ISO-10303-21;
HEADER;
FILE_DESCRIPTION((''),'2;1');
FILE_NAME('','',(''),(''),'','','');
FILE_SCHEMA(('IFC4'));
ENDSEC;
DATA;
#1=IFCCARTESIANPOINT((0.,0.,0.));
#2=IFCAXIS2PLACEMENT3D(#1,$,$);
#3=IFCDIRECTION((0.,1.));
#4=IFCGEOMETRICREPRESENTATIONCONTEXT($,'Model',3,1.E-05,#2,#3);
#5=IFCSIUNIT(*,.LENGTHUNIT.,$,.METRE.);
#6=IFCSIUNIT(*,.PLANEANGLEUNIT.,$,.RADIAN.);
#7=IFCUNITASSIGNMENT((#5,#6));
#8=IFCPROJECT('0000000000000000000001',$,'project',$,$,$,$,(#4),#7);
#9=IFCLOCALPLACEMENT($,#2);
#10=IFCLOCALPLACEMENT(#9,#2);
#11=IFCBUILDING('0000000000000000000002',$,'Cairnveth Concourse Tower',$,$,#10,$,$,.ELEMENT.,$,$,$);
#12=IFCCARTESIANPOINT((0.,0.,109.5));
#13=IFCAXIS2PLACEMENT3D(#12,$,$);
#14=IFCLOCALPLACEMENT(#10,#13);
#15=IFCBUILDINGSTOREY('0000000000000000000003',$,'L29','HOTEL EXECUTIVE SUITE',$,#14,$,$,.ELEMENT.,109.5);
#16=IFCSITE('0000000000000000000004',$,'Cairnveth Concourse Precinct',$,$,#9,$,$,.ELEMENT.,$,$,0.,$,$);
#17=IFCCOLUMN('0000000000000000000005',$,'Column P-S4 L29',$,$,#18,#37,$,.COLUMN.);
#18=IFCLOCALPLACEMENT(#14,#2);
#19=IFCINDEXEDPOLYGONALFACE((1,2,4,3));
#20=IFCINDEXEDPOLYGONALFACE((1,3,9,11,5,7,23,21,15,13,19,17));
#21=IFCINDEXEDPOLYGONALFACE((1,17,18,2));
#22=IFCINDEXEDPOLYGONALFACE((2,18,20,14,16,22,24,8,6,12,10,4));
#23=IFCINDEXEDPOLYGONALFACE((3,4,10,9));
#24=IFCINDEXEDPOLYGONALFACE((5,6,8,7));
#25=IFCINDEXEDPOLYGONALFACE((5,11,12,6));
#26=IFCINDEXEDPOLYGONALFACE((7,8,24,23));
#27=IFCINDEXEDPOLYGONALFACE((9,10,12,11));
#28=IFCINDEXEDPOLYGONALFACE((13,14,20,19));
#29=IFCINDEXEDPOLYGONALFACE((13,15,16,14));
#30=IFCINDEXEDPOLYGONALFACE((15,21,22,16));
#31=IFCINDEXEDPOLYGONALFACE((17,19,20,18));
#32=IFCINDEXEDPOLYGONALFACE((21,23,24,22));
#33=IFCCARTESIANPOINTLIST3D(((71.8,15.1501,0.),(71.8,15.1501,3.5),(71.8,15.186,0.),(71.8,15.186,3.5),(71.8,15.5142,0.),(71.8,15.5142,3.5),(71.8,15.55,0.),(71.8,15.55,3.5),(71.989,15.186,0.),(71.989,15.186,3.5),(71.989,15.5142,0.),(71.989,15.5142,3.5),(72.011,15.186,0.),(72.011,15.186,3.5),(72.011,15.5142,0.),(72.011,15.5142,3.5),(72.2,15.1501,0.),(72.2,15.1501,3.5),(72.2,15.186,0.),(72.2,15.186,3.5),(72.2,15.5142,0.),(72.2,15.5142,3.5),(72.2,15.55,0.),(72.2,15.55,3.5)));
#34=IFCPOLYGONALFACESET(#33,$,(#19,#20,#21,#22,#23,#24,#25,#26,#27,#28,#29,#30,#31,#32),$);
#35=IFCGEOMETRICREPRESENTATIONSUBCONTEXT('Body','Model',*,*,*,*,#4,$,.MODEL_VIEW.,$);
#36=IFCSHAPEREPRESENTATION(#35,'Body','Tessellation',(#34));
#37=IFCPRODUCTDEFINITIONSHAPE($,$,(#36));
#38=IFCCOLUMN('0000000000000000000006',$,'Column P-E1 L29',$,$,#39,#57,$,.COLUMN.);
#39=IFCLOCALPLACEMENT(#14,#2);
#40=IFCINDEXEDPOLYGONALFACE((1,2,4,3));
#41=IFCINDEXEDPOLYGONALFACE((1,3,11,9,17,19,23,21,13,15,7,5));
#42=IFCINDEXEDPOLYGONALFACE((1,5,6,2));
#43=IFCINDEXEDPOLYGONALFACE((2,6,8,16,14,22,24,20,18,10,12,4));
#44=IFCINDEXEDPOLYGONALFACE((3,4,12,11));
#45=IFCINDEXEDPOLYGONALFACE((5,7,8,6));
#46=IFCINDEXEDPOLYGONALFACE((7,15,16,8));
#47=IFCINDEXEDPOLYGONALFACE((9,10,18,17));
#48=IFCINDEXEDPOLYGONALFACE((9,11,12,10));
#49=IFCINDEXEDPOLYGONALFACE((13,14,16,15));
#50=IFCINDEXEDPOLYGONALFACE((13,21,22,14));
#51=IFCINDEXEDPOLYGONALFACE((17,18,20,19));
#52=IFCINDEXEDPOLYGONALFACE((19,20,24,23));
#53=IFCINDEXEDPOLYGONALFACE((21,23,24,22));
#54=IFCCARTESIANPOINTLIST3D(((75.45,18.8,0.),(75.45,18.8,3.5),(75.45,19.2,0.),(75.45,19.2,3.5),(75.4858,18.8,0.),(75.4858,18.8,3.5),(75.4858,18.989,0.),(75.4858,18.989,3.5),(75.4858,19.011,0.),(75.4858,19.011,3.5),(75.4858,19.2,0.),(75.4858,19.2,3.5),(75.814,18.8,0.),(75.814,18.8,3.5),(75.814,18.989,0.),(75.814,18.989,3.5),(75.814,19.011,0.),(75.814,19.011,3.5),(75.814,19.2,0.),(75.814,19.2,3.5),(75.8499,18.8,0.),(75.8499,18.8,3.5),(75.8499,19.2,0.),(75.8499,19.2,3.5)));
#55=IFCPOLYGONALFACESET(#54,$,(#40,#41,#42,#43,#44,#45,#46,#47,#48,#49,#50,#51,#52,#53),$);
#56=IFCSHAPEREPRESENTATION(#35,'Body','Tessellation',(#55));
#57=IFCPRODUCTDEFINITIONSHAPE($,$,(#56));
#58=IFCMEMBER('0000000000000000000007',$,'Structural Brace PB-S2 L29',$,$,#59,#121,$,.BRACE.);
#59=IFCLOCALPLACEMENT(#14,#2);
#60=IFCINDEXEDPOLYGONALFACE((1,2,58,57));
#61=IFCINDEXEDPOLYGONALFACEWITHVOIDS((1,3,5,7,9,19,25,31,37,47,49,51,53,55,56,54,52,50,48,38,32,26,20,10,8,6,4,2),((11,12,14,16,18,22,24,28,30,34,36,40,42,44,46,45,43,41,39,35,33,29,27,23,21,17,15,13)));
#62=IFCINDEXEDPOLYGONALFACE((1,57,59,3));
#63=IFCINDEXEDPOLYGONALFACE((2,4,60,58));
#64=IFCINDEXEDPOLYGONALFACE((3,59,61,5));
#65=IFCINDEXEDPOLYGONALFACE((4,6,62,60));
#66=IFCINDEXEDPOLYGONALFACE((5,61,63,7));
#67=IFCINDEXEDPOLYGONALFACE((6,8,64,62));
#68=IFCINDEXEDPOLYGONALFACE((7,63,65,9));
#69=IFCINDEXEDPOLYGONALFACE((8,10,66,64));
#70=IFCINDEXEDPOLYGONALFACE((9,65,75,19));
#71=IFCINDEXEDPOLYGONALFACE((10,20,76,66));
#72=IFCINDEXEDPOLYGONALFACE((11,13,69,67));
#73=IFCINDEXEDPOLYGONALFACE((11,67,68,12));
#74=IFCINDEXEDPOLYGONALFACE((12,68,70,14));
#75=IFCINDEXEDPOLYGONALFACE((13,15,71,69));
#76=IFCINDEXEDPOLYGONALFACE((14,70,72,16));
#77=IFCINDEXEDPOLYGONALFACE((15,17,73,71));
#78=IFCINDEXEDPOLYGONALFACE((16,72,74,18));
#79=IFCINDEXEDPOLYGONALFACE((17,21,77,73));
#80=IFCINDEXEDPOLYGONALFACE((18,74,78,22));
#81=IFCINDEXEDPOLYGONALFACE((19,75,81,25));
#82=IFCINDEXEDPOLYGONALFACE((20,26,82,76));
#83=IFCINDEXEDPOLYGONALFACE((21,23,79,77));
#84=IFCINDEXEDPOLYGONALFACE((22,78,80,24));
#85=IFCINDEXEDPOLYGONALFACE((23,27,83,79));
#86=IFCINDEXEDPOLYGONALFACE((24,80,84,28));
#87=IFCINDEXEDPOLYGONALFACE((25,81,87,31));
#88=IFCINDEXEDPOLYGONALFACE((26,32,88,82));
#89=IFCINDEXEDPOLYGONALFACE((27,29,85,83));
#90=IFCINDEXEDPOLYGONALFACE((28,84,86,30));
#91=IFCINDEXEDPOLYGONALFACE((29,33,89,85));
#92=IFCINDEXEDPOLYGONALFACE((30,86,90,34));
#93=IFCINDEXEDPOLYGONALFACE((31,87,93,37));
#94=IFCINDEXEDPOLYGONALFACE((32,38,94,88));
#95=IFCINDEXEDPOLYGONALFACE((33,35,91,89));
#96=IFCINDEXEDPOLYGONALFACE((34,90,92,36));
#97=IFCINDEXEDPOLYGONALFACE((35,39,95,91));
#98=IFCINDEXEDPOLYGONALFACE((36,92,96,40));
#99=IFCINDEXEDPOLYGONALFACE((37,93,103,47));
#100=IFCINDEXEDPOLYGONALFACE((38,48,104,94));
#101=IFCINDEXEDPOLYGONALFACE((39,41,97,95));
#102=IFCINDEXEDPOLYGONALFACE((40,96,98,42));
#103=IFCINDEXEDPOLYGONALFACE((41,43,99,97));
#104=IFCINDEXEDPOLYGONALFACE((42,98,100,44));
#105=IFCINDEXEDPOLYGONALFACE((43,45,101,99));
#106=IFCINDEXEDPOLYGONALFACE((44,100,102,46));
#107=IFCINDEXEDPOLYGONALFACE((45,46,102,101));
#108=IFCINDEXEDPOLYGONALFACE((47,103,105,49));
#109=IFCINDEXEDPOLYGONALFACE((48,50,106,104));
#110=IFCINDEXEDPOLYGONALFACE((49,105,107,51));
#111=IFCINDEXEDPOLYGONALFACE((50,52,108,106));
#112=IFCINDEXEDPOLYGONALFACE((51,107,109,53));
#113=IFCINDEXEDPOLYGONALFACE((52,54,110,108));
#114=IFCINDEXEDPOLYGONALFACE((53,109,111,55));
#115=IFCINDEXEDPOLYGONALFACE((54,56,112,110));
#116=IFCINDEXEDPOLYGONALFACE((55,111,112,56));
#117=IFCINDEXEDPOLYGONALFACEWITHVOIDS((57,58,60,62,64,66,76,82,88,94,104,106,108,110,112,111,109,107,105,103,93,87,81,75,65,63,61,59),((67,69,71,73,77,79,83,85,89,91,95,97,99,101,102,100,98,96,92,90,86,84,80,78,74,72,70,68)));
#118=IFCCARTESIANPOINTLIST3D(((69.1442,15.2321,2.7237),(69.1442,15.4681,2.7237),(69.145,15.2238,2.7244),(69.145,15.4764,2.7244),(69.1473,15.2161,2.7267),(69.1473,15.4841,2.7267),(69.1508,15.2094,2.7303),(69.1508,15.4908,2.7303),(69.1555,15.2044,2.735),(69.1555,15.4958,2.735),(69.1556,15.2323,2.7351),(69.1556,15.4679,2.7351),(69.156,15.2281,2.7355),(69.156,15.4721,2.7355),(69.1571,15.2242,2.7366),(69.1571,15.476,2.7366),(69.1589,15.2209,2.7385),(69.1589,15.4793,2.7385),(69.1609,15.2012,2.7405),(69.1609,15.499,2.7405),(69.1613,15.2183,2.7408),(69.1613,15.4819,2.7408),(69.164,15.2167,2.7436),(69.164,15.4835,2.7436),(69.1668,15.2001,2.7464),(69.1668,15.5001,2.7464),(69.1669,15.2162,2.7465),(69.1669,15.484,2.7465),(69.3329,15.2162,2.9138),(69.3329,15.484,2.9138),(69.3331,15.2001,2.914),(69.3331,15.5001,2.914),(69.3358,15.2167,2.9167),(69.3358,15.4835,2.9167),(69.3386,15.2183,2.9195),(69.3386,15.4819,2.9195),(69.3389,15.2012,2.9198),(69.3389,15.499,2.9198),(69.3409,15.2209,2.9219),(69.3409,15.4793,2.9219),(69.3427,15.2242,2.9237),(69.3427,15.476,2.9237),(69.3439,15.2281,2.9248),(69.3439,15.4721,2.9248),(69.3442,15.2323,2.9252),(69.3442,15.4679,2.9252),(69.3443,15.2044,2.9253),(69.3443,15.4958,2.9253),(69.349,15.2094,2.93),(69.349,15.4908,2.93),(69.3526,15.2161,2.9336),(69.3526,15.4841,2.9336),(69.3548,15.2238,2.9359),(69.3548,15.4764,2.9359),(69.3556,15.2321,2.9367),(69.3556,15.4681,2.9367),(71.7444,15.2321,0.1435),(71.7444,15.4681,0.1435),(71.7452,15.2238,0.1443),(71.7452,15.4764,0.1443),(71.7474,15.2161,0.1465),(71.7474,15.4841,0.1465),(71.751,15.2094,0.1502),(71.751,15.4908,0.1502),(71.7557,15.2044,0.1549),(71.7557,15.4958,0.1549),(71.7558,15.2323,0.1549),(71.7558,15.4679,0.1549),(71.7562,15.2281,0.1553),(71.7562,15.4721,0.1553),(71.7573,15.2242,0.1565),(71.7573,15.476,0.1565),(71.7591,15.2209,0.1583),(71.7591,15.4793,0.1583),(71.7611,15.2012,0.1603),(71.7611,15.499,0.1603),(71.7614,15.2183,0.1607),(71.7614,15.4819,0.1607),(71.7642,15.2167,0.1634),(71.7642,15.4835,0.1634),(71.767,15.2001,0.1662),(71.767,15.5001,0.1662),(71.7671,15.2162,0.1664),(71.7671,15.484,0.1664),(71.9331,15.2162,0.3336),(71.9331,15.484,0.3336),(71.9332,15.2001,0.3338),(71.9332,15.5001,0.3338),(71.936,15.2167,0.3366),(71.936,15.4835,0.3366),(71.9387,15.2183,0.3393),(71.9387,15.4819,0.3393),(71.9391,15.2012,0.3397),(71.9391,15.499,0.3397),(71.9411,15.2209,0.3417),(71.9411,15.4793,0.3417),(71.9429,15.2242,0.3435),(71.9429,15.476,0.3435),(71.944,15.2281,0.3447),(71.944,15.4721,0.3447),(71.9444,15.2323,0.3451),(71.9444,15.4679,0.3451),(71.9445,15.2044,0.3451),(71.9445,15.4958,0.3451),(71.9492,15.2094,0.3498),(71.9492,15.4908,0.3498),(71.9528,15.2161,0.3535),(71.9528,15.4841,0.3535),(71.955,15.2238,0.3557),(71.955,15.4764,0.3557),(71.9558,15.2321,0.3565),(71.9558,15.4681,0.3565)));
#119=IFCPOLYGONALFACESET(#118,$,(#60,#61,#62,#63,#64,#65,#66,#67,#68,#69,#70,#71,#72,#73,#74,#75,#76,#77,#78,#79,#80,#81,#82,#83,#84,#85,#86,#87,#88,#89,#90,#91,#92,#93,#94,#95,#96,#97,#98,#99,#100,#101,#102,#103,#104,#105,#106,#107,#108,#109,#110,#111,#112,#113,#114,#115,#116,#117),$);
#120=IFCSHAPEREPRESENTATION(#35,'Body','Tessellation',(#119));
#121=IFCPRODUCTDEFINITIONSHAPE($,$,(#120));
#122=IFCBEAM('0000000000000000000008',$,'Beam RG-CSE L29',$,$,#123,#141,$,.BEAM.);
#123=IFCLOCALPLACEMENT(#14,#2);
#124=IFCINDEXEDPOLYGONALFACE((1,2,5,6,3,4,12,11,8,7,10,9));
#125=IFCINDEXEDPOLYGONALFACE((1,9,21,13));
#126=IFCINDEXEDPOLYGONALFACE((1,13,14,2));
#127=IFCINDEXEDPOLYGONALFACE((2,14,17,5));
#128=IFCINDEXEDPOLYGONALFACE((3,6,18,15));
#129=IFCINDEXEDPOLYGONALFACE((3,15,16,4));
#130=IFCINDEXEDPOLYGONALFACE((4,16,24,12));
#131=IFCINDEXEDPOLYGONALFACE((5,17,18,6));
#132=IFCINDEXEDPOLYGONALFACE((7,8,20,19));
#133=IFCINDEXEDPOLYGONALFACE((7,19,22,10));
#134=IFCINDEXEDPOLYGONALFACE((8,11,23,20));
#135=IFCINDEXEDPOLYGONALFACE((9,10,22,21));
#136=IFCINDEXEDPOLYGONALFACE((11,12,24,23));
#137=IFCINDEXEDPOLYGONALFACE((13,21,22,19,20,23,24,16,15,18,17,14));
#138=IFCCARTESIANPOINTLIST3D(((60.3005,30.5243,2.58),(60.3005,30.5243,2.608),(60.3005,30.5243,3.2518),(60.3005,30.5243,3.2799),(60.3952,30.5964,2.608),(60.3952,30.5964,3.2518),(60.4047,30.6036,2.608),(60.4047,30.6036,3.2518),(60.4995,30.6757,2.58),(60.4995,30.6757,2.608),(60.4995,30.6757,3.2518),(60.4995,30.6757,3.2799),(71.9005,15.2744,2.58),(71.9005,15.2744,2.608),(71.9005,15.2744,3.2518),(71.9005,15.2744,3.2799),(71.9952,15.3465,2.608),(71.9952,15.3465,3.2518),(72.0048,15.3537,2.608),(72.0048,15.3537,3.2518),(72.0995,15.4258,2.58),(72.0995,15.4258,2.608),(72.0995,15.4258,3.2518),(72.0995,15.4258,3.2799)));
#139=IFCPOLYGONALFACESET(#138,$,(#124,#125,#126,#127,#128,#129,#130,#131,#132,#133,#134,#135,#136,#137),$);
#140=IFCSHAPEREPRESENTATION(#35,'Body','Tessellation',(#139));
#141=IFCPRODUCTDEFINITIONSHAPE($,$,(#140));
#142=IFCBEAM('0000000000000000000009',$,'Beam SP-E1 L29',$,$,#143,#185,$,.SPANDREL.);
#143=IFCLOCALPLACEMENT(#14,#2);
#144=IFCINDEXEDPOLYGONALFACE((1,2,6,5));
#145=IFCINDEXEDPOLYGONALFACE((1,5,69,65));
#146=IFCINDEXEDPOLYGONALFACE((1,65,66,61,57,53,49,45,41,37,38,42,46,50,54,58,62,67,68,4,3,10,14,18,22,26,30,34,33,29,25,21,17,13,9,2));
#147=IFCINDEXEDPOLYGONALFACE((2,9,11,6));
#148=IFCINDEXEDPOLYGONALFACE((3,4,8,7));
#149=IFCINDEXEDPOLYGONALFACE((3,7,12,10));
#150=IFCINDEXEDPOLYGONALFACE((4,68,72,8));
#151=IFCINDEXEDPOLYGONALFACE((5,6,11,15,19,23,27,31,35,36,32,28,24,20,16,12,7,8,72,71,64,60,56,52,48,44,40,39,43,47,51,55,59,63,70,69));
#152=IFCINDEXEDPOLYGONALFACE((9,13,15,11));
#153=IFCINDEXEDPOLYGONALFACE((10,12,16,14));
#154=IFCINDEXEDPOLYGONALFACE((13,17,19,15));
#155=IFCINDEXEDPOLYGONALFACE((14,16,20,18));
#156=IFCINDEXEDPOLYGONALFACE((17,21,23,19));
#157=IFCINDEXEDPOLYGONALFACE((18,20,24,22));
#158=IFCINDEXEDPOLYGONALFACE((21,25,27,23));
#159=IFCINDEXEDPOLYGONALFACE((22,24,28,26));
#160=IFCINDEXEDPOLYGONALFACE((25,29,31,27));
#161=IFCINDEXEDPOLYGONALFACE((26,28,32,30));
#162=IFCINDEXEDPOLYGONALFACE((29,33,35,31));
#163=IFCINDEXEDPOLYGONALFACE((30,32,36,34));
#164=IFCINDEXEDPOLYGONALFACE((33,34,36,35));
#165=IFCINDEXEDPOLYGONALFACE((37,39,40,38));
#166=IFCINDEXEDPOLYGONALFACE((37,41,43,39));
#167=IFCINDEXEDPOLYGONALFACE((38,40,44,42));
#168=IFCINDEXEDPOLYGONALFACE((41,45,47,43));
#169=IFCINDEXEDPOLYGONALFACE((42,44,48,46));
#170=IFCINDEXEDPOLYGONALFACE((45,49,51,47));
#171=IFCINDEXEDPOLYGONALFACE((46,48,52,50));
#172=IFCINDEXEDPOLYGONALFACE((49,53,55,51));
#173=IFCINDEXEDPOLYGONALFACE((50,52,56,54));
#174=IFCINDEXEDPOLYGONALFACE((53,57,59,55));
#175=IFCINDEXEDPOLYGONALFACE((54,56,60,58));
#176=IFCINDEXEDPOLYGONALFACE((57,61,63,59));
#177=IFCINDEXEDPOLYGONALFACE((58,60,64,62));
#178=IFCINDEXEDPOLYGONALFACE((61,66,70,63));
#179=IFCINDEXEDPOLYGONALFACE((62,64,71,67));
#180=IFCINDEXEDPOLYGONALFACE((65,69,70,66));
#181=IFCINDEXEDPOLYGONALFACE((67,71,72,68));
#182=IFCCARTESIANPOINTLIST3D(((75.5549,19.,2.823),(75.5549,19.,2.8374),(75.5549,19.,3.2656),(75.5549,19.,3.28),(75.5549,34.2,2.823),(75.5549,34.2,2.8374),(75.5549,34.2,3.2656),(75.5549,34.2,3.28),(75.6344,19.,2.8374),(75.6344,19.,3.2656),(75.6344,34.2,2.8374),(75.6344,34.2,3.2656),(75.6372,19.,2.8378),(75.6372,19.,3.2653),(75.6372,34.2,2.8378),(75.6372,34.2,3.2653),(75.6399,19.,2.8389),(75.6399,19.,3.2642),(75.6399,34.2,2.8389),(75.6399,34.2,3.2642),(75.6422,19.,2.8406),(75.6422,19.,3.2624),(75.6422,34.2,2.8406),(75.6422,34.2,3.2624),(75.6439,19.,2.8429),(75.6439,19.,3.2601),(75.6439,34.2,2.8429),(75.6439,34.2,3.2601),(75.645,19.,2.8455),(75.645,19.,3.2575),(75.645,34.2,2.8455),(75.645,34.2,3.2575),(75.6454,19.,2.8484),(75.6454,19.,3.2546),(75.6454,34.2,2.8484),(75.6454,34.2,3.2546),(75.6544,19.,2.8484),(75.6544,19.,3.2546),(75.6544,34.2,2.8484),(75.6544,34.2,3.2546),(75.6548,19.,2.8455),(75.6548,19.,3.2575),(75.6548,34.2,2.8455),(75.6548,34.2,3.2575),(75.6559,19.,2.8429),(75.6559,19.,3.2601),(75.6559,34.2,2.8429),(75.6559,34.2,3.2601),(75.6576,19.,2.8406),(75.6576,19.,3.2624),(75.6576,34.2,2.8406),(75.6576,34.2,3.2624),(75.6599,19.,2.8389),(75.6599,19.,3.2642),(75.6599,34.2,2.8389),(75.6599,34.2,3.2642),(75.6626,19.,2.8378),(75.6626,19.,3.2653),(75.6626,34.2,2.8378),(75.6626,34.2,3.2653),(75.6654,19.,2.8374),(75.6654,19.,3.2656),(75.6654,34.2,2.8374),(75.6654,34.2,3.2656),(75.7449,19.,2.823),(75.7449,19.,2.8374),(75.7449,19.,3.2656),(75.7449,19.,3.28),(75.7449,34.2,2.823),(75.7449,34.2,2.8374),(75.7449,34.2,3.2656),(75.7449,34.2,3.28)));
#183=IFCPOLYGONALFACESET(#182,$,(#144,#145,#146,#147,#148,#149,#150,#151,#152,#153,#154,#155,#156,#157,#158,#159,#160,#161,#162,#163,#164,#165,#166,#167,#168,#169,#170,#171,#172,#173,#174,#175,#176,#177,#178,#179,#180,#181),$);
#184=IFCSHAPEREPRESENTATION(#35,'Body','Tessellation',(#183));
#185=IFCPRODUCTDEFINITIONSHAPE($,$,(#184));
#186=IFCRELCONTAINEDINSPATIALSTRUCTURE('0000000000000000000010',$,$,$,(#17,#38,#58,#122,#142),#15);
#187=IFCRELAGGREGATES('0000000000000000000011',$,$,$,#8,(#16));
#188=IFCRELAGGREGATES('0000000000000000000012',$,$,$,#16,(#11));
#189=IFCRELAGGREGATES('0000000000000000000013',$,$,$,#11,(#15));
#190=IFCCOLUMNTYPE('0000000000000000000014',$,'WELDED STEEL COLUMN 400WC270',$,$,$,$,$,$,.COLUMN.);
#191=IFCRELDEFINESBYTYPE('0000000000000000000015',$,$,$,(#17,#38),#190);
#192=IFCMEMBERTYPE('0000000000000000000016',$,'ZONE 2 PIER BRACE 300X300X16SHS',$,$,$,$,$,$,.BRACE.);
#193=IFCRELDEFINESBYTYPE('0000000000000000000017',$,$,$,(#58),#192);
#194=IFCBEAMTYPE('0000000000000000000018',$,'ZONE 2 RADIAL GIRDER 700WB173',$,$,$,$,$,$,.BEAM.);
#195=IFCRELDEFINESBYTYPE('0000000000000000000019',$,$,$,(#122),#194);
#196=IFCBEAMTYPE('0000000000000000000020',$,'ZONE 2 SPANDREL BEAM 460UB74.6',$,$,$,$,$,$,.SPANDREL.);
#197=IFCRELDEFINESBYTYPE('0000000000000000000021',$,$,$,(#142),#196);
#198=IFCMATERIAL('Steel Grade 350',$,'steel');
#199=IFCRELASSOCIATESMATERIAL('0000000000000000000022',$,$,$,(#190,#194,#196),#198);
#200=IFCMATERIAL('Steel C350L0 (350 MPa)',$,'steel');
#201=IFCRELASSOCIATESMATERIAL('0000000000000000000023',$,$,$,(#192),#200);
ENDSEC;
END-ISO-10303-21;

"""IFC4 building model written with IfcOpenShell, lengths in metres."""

from ifc_helpers import new_model, si_unit, direction, frame, origin, origin_2d, place, context, subcontext, project, spatial, hollow_rectangle, i_section, extrude, material, material_profile, profile_set, type_object, element, save


model = new_model("IFC4")

# Units and contexts
model_context = context("Model", 3, precision=1e-05, world=origin(), true_north=direction((0.0, 1.0)))
body_context = subcontext(model_context, "Body", "Model", "MODEL_VIEW")
ifc_project = project(units=[si_unit("LENGTHUNIT", "METRE"), si_unit("PLANEANGLEUNIT", "RADIAN")], contexts=[model_context])

# Site, building, storey
site_placement = place(None, origin())
site = spatial("IfcSite", under=ifc_project, at=site_placement, Name="Cairnveth Concourse Precinct", CompositionType="ELEMENT", RefElevation=0.0)
building_placement = place(site_placement, origin())
building = spatial("IfcBuilding", under=site, at=building_placement, Name="Cairnveth Concourse Tower", CompositionType="ELEMENT")
storey_placement = place(building_placement, frame((0.0, 0.0, 109.5)))
storey = spatial("IfcBuildingStorey", under=building, at=storey_placement, Name="L29", Description="HOTEL EXECUTIVE SUITE", CompositionType="ELEMENT", Elevation=109.5)

# Columns
ifc_material_1 = material(Name="Steel Grade 350", Category="steel")
ifc_material_profile_1 = material_profile(ifc_material_1, i_section(OverallWidth=0.3999, OverallDepth=0.3999, WebThickness=0.022, FlangeThickness=0.0359, at=origin_2d()), Name="400WC270")
ifc_profile_set_1 = profile_set([ifc_material_profile_1], Name="Steel Grade 350")
column_type = type_object("IfcColumnType", Name="WELDED STEEL COLUMN 400WC270", PredefinedType="COLUMN", material=ifc_profile_set_1)
for number, where, z_axis, x_axis, name in (
    (1, (72.0, 15.3501, 0.0), (0.0, 0.0, 1.0), (1.0, 0.0, 0.0), "Column P-S4 L29"),
    (2, (75.6499, 19.0, 0.0), (0.0, 0.0, 1.0), (0.0, 1.0, 0.0), "Column P-E1 L29"),
):
    element("IfcColumn", number, at=place(storey_placement, frame(where, z_axis=z_axis, x_axis=x_axis)), inside=storey, type_object=column_type, Name=name, PredefinedType="COLUMN", context=body_context, shape_type="SweptSolid", body=[
        extrude(i_section(OverallWidth=0.3999, OverallDepth=0.3999, WebThickness=0.022, FlangeThickness=0.0359, at=origin_2d()), origin(), (0.0, 0.0, 1.0), 3.5),
    ])

# Member
ifc_material_2 = material(Name="Steel C350L0 (350 MPa)", Category="steel")
ifc_material_profile_2 = material_profile(ifc_material_2, hollow_rectangle(XDim=0.3, YDim=0.3, WallThickness=0.0161, InnerFilletRadius=0.0161, OuterFilletRadius=0.032, at=origin_2d()), Name="300x300x16.0SHS")
ifc_profile_set_2 = profile_set([ifc_material_profile_2], Name="Steel C350L0 (350 MPa)")
member_type = type_object("IfcMemberType", Name="ZONE 2 PIER BRACE 300X300X16SHS", PredefinedType="BRACE", material=ifc_profile_set_2)
member_placement = place(storey_placement, frame((71.8501, 15.3501, 0.25), z_axis=(-0.709834, 0.0, 0.704369), x_axis=(0.0, -1.0, 0.0)))
element("IfcMember", 3, at=member_placement, inside=storey, type_object=member_type, Name="Structural Brace PB-S2 L29", PredefinedType="BRACE", context=body_context, shape_type="SweptSolid", body=[
    extrude(hollow_rectangle(XDim=0.3, YDim=0.3, WallThickness=0.0161, InnerFilletRadius=0.0161, OuterFilletRadius=0.032, at=origin_2d()), origin(), (0.0, 0.0, 1.0), 3.6631),
])

# Beams
ifc_material_profile_3 = material_profile(ifc_material_1, i_section(OverallWidth=0.25, OverallDepth=0.7, WebThickness=0.012, FlangeThickness=0.0281, at=origin_2d()), Name="700WB173")
ifc_profile_set_3 = profile_set([ifc_material_profile_3], Name="Steel Grade 350")
beam_type_1 = type_object("IfcBeamType", Name="ZONE 2 RADIAL GIRDER 700WB173", PredefinedType="BEAM", material=ifc_profile_set_3)
beam_1_placement = place(storey_placement, frame((72.0, 15.3501, 2.9299), z_axis=(-0.605417, 0.795908, 0.0), x_axis=(-0.795908, -0.605417, 0.0)))
element("IfcBeam", 4, at=beam_1_placement, inside=storey, type_object=beam_type_1, Name="Beam RG-CSE L29", PredefinedType="BEAM", context=body_context, shape_type="SweptSolid", body=[
    extrude(i_section(OverallWidth=0.25, OverallDepth=0.7, WebThickness=0.012, FlangeThickness=0.0281, at=origin_2d()), origin(), (0.0, 0.0, 1.0), 19.1604),
])
ifc_material_profile_4 = material_profile(ifc_material_1, i_section(OverallWidth=0.1899, OverallDepth=0.457, WebThickness=0.009, FlangeThickness=0.0144, FilletRadius=0.011, at=origin_2d()), Name="460UB74.6")
ifc_profile_set_4 = profile_set([ifc_material_profile_4], Name="Steel Grade 350")
beam_type_2 = type_object("IfcBeamType", Name="ZONE 2 SPANDREL BEAM 460UB74.6", PredefinedType="SPANDREL", material=ifc_profile_set_4)
beam_2_placement = place(storey_placement, frame((75.6499, 19.0, 3.0515), z_axis=(0.0, 1.0, 0.0), x_axis=(-1.0, 0.0, 0.0)))
element("IfcBeam", 5, at=beam_2_placement, inside=storey, type_object=beam_type_2, Name="Beam SP-E1 L29", PredefinedType="SPANDREL", context=body_context, shape_type="SweptSolid", body=[
    extrude(i_section(OverallWidth=0.1899, OverallDepth=0.457, WebThickness=0.009, FlangeThickness=0.0144, FilletRadius=0.011, at=origin_2d()), origin(), (0.0, 0.0, 1.0), 15.2),
])

save(model, "model.ifc")
